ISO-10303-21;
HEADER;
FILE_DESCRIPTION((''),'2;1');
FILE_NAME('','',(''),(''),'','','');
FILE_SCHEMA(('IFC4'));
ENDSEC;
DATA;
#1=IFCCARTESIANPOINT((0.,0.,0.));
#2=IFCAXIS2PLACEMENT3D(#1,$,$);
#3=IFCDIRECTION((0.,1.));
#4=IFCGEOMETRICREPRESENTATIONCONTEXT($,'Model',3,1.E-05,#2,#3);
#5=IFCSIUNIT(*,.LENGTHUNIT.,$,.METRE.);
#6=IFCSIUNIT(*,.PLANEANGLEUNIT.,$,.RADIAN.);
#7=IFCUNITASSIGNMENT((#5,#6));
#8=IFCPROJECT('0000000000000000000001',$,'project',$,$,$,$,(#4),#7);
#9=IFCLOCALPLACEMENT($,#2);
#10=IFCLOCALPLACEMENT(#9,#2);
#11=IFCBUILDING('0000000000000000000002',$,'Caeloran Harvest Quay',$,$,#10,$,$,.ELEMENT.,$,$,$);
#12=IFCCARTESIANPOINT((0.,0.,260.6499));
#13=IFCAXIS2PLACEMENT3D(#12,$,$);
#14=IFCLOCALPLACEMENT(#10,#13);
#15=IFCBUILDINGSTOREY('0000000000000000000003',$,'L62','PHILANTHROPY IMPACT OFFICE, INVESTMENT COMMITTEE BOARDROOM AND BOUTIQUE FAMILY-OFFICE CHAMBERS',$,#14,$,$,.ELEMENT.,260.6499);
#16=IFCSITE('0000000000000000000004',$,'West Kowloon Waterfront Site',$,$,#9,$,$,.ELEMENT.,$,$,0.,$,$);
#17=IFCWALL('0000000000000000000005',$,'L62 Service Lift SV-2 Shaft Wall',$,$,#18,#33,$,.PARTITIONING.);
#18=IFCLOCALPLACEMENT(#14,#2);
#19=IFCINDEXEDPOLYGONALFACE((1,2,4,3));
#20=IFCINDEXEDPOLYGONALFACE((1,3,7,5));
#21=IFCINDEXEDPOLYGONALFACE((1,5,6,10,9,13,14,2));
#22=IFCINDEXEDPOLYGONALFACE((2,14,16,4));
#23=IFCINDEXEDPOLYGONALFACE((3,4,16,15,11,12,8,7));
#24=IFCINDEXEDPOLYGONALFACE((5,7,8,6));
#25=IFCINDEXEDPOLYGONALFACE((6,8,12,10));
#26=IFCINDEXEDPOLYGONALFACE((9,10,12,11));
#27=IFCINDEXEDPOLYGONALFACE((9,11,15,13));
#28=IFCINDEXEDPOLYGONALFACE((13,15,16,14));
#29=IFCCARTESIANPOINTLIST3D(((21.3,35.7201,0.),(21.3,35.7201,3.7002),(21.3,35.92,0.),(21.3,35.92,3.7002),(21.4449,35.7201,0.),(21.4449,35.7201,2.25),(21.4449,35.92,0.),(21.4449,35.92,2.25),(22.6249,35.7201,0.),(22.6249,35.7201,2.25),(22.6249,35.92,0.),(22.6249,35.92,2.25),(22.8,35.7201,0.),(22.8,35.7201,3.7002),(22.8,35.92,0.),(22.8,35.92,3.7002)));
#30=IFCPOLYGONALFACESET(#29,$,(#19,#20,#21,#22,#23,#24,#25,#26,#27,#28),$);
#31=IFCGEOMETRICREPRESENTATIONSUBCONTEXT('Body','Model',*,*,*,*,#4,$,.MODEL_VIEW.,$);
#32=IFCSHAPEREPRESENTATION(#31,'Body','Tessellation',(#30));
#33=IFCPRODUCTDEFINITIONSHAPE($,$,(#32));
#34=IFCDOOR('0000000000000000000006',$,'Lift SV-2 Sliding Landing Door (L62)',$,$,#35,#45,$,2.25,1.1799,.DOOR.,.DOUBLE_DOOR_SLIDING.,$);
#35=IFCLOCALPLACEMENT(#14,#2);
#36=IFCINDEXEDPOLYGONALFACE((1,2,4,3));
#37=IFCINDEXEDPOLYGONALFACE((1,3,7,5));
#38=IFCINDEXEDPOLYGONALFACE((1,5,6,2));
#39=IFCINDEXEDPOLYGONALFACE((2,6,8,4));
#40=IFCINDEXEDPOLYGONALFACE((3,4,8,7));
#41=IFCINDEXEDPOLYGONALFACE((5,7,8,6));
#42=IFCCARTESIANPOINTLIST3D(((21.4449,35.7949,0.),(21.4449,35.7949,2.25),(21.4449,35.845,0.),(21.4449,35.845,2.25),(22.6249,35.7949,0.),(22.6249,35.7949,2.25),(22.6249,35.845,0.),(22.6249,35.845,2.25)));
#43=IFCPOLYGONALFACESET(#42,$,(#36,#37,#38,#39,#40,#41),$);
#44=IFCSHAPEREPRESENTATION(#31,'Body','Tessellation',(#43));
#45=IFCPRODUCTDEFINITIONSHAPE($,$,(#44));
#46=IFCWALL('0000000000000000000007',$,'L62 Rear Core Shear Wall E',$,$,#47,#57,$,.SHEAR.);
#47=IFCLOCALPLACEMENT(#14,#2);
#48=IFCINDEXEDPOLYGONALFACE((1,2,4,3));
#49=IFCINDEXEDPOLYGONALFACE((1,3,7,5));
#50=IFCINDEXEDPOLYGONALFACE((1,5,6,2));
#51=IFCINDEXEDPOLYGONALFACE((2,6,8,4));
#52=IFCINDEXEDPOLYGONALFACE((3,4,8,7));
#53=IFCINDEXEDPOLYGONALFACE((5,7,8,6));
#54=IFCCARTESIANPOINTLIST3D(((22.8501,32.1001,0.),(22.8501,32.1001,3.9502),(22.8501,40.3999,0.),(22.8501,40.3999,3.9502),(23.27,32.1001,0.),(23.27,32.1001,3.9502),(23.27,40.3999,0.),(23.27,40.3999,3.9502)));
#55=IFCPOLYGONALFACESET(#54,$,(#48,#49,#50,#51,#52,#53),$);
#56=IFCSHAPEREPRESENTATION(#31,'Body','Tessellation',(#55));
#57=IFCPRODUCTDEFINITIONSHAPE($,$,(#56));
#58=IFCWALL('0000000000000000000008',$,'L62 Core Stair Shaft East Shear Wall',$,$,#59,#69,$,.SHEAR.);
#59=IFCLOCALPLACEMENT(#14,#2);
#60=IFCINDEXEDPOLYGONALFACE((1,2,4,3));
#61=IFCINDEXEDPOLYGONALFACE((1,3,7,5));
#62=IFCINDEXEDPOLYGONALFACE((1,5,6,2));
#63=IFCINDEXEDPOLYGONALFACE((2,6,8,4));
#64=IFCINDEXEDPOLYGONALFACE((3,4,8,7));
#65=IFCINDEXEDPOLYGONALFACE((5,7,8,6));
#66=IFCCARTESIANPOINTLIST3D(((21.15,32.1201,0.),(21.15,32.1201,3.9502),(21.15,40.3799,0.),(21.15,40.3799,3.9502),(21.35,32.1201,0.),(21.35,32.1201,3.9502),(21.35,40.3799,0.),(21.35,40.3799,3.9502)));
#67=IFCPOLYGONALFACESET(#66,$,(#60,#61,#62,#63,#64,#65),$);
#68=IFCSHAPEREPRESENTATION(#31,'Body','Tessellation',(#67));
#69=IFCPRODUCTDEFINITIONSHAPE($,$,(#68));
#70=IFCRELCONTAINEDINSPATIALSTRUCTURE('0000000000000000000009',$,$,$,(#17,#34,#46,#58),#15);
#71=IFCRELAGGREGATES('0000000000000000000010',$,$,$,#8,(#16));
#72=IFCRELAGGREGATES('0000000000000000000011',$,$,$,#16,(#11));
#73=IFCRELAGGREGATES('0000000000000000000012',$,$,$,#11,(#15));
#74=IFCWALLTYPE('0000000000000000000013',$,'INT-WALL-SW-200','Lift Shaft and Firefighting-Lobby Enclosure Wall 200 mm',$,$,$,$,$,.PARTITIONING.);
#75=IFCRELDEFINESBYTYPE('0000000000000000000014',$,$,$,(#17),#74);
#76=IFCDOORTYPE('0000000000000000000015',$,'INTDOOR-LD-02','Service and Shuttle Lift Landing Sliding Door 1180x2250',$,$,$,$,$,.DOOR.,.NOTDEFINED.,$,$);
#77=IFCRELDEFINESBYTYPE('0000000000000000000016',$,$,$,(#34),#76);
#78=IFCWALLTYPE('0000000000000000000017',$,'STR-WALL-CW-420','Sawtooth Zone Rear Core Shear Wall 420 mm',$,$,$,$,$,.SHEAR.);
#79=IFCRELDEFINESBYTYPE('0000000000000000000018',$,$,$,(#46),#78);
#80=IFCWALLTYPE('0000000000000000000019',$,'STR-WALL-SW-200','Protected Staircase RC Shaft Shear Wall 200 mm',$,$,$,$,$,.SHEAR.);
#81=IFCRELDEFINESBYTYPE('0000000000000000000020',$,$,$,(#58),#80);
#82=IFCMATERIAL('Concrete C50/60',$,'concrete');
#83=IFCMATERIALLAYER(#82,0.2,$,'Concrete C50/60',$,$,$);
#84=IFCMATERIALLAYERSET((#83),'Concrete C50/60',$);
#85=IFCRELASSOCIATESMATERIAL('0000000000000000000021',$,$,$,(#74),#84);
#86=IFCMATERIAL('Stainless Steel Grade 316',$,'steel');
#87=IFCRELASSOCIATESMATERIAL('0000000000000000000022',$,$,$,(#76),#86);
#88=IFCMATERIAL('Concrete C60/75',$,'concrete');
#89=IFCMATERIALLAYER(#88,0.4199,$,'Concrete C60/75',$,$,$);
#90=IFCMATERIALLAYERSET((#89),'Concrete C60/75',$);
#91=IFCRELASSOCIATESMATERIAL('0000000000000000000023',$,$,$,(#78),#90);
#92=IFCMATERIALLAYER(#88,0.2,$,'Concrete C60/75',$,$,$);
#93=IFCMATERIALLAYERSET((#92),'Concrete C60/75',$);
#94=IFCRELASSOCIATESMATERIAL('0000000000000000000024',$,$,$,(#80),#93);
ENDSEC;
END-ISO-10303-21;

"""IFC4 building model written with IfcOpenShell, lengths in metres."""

from ifc_helpers import new_model, si_unit, direction, frame, frame_2d, origin, place, context, subcontext, project, spatial, rectangle, extrude, material, layer, layer_set, type_object, element, fill, save


model = new_model("IFC4")

# Units and contexts
model_context = context("Model", 3, precision=1e-05, world=origin(), true_north=direction((0.0, 1.0)))
body_context = subcontext(model_context, "Body", "Model", "MODEL_VIEW")
ifc_project = project(units=[si_unit("LENGTHUNIT", "METRE"), si_unit("PLANEANGLEUNIT", "RADIAN")], contexts=[model_context])

# Site, building, storey
site_placement = place(None, origin())
site = spatial("IfcSite", under=ifc_project, at=site_placement, Name="West Kowloon Waterfront Site", CompositionType="ELEMENT", RefElevation=0.0)
building_placement = place(site_placement, origin())
building = spatial("IfcBuilding", under=site, at=building_placement, Name="Caeloran Harvest Quay", CompositionType="ELEMENT")
storey_placement = place(building_placement, frame((0.0, 0.0, 260.6499)))
storey = spatial("IfcBuildingStorey", under=building, at=storey_placement, Name="L62", Description="PHILANTHROPY IMPACT OFFICE, INVESTMENT COMMITTEE BOARDROOM AND BOUTIQUE FAMILY-OFFICE CHAMBERS", CompositionType="ELEMENT", Elevation=260.6499)

# Shared definitions
ifc_material_1 = material(Name="Concrete C60/75", Category="concrete")

# Wall, opening, door
ifc_material_2 = material(Name="Concrete C50/60", Category="concrete")
ifc_layer_1 = layer(ifc_material_2, 0.2, Name="Concrete C50/60")
ifc_layer_set_1 = layer_set([ifc_layer_1], Name="Concrete C50/60")
wall_type_1 = type_object("IfcWallType", Name="INT-WALL-SW-200", Description="Lift Shaft and Firefighting-Lobby Enclosure Wall 200 mm", PredefinedType="PARTITIONING", material=ifc_layer_set_1)
wall_1_placement = place(storey_placement, frame((21.3, 35.8201, 0.0), z_axis=(0.0, 0.0, 1.0), x_axis=(1.0, 0.0, 0.0)))
wall_1 = element("IfcWall", 1, at=wall_1_placement, inside=storey, type_object=wall_type_1, Name="L62 Service Lift SV-2 Shaft Wall", PredefinedType="PARTITIONING", context=body_context, shape_type="SweptSolid", body=[
    extrude(rectangle(XDim=1.5, YDim=0.2, at=frame_2d((0.75, 0.0))), origin(), (0.0, 0.0, 1.0), 3.7002),
])
opening_1_placement = place(wall_1_placement, frame((0.145, 0.0, 0.0)))
opening_1 = element("IfcOpeningElement", 2, at=opening_1_placement, cuts=wall_1, PredefinedType="OPENING", context=body_context, shape_type="SweptSolid", body=[
    extrude(rectangle(XDim=1.1799, YDim=2.25, at=frame_2d((0.5898, 1.125))), frame((0.0, 0.1099, 0.0), z_axis=(0.0, -1.0, 0.0), x_axis=(1.0, 0.0, 0.0)), (0.0, 0.0, 1.0), 0.22),
])
ifc_material_3 = material(Name="Stainless Steel Grade 316", Category="steel")
door_type_1 = type_object("IfcDoorType", Name="INTDOOR-LD-02", Description="Service and Shuttle Lift Landing Sliding Door 1180x2250", OperationType="NOTDEFINED", PredefinedType="DOOR", material=ifc_material_3)
door_1_placement = place(opening_1_placement, origin())
door_1 = element("IfcDoor", 3, at=door_1_placement, inside=storey, type_object=door_type_1, Name="Lift SV-2 Sliding Landing Door (L62)", OperationType="DOUBLE_DOOR_SLIDING", OverallHeight=2.25, OverallWidth=1.1799, PredefinedType="DOOR", context=body_context, shape_type="SweptSolid", body=[
    extrude(rectangle(XDim=1.1799, YDim=2.25, at=frame_2d((0.5898, 1.125))), frame((0.0, 0.0249, 0.0), z_axis=(0.0, -1.0, 0.0), x_axis=(1.0, 0.0, 0.0)), (0.0, 0.0, 1.0), 0.05),
])
fill(opening_1, door_1)

# Walls
ifc_layer_2 = layer(ifc_material_1, 0.4199, Name="Concrete C60/75")
ifc_layer_set_2 = layer_set([ifc_layer_2], Name="Concrete C60/75")
wall_type_2 = type_object("IfcWallType", Name="STR-WALL-CW-420", Description="Sawtooth Zone Rear Core Shear Wall 420 mm", PredefinedType="SHEAR", material=ifc_layer_set_2)
wall_2_placement = place(storey_placement, frame((23.0601, 32.1001, 0.0), z_axis=(0.0, 0.0, 1.0), x_axis=(0.0, 1.0, 0.0)))
element("IfcWall", 4, at=wall_2_placement, inside=storey, type_object=wall_type_2, Name="L62 Rear Core Shear Wall E", PredefinedType="SHEAR", context=body_context, shape_type="SweptSolid", body=[
    extrude(rectangle(XDim=8.2998, YDim=0.4199, at=frame_2d((4.1499, 0.0))), origin(), (0.0, 0.0, 1.0), 3.9502),
])
ifc_layer_3 = layer(ifc_material_1, 0.2, Name="Concrete C60/75")
ifc_layer_set_3 = layer_set([ifc_layer_3], Name="Concrete C60/75")
wall_type_3 = type_object("IfcWallType", Name="STR-WALL-SW-200", Description="Protected Staircase RC Shaft Shear Wall 200 mm", PredefinedType="SHEAR", material=ifc_layer_set_3)
wall_3_placement = place(storey_placement, frame((21.25, 32.1201, 0.0), z_axis=(0.0, 0.0, 1.0), x_axis=(0.0, 1.0, 0.0)))
element("IfcWall", 5, at=wall_3_placement, inside=storey, type_object=wall_type_3, Name="L62 Core Stair Shaft East Shear Wall", PredefinedType="SHEAR", context=body_context, shape_type="SweptSolid", body=[
    extrude(rectangle(XDim=8.2598, YDim=0.2, at=frame_2d((4.1299, 0.0))), origin(), (0.0, 0.0, 1.0), 3.9502),
])

save(model, "model.ifc")
